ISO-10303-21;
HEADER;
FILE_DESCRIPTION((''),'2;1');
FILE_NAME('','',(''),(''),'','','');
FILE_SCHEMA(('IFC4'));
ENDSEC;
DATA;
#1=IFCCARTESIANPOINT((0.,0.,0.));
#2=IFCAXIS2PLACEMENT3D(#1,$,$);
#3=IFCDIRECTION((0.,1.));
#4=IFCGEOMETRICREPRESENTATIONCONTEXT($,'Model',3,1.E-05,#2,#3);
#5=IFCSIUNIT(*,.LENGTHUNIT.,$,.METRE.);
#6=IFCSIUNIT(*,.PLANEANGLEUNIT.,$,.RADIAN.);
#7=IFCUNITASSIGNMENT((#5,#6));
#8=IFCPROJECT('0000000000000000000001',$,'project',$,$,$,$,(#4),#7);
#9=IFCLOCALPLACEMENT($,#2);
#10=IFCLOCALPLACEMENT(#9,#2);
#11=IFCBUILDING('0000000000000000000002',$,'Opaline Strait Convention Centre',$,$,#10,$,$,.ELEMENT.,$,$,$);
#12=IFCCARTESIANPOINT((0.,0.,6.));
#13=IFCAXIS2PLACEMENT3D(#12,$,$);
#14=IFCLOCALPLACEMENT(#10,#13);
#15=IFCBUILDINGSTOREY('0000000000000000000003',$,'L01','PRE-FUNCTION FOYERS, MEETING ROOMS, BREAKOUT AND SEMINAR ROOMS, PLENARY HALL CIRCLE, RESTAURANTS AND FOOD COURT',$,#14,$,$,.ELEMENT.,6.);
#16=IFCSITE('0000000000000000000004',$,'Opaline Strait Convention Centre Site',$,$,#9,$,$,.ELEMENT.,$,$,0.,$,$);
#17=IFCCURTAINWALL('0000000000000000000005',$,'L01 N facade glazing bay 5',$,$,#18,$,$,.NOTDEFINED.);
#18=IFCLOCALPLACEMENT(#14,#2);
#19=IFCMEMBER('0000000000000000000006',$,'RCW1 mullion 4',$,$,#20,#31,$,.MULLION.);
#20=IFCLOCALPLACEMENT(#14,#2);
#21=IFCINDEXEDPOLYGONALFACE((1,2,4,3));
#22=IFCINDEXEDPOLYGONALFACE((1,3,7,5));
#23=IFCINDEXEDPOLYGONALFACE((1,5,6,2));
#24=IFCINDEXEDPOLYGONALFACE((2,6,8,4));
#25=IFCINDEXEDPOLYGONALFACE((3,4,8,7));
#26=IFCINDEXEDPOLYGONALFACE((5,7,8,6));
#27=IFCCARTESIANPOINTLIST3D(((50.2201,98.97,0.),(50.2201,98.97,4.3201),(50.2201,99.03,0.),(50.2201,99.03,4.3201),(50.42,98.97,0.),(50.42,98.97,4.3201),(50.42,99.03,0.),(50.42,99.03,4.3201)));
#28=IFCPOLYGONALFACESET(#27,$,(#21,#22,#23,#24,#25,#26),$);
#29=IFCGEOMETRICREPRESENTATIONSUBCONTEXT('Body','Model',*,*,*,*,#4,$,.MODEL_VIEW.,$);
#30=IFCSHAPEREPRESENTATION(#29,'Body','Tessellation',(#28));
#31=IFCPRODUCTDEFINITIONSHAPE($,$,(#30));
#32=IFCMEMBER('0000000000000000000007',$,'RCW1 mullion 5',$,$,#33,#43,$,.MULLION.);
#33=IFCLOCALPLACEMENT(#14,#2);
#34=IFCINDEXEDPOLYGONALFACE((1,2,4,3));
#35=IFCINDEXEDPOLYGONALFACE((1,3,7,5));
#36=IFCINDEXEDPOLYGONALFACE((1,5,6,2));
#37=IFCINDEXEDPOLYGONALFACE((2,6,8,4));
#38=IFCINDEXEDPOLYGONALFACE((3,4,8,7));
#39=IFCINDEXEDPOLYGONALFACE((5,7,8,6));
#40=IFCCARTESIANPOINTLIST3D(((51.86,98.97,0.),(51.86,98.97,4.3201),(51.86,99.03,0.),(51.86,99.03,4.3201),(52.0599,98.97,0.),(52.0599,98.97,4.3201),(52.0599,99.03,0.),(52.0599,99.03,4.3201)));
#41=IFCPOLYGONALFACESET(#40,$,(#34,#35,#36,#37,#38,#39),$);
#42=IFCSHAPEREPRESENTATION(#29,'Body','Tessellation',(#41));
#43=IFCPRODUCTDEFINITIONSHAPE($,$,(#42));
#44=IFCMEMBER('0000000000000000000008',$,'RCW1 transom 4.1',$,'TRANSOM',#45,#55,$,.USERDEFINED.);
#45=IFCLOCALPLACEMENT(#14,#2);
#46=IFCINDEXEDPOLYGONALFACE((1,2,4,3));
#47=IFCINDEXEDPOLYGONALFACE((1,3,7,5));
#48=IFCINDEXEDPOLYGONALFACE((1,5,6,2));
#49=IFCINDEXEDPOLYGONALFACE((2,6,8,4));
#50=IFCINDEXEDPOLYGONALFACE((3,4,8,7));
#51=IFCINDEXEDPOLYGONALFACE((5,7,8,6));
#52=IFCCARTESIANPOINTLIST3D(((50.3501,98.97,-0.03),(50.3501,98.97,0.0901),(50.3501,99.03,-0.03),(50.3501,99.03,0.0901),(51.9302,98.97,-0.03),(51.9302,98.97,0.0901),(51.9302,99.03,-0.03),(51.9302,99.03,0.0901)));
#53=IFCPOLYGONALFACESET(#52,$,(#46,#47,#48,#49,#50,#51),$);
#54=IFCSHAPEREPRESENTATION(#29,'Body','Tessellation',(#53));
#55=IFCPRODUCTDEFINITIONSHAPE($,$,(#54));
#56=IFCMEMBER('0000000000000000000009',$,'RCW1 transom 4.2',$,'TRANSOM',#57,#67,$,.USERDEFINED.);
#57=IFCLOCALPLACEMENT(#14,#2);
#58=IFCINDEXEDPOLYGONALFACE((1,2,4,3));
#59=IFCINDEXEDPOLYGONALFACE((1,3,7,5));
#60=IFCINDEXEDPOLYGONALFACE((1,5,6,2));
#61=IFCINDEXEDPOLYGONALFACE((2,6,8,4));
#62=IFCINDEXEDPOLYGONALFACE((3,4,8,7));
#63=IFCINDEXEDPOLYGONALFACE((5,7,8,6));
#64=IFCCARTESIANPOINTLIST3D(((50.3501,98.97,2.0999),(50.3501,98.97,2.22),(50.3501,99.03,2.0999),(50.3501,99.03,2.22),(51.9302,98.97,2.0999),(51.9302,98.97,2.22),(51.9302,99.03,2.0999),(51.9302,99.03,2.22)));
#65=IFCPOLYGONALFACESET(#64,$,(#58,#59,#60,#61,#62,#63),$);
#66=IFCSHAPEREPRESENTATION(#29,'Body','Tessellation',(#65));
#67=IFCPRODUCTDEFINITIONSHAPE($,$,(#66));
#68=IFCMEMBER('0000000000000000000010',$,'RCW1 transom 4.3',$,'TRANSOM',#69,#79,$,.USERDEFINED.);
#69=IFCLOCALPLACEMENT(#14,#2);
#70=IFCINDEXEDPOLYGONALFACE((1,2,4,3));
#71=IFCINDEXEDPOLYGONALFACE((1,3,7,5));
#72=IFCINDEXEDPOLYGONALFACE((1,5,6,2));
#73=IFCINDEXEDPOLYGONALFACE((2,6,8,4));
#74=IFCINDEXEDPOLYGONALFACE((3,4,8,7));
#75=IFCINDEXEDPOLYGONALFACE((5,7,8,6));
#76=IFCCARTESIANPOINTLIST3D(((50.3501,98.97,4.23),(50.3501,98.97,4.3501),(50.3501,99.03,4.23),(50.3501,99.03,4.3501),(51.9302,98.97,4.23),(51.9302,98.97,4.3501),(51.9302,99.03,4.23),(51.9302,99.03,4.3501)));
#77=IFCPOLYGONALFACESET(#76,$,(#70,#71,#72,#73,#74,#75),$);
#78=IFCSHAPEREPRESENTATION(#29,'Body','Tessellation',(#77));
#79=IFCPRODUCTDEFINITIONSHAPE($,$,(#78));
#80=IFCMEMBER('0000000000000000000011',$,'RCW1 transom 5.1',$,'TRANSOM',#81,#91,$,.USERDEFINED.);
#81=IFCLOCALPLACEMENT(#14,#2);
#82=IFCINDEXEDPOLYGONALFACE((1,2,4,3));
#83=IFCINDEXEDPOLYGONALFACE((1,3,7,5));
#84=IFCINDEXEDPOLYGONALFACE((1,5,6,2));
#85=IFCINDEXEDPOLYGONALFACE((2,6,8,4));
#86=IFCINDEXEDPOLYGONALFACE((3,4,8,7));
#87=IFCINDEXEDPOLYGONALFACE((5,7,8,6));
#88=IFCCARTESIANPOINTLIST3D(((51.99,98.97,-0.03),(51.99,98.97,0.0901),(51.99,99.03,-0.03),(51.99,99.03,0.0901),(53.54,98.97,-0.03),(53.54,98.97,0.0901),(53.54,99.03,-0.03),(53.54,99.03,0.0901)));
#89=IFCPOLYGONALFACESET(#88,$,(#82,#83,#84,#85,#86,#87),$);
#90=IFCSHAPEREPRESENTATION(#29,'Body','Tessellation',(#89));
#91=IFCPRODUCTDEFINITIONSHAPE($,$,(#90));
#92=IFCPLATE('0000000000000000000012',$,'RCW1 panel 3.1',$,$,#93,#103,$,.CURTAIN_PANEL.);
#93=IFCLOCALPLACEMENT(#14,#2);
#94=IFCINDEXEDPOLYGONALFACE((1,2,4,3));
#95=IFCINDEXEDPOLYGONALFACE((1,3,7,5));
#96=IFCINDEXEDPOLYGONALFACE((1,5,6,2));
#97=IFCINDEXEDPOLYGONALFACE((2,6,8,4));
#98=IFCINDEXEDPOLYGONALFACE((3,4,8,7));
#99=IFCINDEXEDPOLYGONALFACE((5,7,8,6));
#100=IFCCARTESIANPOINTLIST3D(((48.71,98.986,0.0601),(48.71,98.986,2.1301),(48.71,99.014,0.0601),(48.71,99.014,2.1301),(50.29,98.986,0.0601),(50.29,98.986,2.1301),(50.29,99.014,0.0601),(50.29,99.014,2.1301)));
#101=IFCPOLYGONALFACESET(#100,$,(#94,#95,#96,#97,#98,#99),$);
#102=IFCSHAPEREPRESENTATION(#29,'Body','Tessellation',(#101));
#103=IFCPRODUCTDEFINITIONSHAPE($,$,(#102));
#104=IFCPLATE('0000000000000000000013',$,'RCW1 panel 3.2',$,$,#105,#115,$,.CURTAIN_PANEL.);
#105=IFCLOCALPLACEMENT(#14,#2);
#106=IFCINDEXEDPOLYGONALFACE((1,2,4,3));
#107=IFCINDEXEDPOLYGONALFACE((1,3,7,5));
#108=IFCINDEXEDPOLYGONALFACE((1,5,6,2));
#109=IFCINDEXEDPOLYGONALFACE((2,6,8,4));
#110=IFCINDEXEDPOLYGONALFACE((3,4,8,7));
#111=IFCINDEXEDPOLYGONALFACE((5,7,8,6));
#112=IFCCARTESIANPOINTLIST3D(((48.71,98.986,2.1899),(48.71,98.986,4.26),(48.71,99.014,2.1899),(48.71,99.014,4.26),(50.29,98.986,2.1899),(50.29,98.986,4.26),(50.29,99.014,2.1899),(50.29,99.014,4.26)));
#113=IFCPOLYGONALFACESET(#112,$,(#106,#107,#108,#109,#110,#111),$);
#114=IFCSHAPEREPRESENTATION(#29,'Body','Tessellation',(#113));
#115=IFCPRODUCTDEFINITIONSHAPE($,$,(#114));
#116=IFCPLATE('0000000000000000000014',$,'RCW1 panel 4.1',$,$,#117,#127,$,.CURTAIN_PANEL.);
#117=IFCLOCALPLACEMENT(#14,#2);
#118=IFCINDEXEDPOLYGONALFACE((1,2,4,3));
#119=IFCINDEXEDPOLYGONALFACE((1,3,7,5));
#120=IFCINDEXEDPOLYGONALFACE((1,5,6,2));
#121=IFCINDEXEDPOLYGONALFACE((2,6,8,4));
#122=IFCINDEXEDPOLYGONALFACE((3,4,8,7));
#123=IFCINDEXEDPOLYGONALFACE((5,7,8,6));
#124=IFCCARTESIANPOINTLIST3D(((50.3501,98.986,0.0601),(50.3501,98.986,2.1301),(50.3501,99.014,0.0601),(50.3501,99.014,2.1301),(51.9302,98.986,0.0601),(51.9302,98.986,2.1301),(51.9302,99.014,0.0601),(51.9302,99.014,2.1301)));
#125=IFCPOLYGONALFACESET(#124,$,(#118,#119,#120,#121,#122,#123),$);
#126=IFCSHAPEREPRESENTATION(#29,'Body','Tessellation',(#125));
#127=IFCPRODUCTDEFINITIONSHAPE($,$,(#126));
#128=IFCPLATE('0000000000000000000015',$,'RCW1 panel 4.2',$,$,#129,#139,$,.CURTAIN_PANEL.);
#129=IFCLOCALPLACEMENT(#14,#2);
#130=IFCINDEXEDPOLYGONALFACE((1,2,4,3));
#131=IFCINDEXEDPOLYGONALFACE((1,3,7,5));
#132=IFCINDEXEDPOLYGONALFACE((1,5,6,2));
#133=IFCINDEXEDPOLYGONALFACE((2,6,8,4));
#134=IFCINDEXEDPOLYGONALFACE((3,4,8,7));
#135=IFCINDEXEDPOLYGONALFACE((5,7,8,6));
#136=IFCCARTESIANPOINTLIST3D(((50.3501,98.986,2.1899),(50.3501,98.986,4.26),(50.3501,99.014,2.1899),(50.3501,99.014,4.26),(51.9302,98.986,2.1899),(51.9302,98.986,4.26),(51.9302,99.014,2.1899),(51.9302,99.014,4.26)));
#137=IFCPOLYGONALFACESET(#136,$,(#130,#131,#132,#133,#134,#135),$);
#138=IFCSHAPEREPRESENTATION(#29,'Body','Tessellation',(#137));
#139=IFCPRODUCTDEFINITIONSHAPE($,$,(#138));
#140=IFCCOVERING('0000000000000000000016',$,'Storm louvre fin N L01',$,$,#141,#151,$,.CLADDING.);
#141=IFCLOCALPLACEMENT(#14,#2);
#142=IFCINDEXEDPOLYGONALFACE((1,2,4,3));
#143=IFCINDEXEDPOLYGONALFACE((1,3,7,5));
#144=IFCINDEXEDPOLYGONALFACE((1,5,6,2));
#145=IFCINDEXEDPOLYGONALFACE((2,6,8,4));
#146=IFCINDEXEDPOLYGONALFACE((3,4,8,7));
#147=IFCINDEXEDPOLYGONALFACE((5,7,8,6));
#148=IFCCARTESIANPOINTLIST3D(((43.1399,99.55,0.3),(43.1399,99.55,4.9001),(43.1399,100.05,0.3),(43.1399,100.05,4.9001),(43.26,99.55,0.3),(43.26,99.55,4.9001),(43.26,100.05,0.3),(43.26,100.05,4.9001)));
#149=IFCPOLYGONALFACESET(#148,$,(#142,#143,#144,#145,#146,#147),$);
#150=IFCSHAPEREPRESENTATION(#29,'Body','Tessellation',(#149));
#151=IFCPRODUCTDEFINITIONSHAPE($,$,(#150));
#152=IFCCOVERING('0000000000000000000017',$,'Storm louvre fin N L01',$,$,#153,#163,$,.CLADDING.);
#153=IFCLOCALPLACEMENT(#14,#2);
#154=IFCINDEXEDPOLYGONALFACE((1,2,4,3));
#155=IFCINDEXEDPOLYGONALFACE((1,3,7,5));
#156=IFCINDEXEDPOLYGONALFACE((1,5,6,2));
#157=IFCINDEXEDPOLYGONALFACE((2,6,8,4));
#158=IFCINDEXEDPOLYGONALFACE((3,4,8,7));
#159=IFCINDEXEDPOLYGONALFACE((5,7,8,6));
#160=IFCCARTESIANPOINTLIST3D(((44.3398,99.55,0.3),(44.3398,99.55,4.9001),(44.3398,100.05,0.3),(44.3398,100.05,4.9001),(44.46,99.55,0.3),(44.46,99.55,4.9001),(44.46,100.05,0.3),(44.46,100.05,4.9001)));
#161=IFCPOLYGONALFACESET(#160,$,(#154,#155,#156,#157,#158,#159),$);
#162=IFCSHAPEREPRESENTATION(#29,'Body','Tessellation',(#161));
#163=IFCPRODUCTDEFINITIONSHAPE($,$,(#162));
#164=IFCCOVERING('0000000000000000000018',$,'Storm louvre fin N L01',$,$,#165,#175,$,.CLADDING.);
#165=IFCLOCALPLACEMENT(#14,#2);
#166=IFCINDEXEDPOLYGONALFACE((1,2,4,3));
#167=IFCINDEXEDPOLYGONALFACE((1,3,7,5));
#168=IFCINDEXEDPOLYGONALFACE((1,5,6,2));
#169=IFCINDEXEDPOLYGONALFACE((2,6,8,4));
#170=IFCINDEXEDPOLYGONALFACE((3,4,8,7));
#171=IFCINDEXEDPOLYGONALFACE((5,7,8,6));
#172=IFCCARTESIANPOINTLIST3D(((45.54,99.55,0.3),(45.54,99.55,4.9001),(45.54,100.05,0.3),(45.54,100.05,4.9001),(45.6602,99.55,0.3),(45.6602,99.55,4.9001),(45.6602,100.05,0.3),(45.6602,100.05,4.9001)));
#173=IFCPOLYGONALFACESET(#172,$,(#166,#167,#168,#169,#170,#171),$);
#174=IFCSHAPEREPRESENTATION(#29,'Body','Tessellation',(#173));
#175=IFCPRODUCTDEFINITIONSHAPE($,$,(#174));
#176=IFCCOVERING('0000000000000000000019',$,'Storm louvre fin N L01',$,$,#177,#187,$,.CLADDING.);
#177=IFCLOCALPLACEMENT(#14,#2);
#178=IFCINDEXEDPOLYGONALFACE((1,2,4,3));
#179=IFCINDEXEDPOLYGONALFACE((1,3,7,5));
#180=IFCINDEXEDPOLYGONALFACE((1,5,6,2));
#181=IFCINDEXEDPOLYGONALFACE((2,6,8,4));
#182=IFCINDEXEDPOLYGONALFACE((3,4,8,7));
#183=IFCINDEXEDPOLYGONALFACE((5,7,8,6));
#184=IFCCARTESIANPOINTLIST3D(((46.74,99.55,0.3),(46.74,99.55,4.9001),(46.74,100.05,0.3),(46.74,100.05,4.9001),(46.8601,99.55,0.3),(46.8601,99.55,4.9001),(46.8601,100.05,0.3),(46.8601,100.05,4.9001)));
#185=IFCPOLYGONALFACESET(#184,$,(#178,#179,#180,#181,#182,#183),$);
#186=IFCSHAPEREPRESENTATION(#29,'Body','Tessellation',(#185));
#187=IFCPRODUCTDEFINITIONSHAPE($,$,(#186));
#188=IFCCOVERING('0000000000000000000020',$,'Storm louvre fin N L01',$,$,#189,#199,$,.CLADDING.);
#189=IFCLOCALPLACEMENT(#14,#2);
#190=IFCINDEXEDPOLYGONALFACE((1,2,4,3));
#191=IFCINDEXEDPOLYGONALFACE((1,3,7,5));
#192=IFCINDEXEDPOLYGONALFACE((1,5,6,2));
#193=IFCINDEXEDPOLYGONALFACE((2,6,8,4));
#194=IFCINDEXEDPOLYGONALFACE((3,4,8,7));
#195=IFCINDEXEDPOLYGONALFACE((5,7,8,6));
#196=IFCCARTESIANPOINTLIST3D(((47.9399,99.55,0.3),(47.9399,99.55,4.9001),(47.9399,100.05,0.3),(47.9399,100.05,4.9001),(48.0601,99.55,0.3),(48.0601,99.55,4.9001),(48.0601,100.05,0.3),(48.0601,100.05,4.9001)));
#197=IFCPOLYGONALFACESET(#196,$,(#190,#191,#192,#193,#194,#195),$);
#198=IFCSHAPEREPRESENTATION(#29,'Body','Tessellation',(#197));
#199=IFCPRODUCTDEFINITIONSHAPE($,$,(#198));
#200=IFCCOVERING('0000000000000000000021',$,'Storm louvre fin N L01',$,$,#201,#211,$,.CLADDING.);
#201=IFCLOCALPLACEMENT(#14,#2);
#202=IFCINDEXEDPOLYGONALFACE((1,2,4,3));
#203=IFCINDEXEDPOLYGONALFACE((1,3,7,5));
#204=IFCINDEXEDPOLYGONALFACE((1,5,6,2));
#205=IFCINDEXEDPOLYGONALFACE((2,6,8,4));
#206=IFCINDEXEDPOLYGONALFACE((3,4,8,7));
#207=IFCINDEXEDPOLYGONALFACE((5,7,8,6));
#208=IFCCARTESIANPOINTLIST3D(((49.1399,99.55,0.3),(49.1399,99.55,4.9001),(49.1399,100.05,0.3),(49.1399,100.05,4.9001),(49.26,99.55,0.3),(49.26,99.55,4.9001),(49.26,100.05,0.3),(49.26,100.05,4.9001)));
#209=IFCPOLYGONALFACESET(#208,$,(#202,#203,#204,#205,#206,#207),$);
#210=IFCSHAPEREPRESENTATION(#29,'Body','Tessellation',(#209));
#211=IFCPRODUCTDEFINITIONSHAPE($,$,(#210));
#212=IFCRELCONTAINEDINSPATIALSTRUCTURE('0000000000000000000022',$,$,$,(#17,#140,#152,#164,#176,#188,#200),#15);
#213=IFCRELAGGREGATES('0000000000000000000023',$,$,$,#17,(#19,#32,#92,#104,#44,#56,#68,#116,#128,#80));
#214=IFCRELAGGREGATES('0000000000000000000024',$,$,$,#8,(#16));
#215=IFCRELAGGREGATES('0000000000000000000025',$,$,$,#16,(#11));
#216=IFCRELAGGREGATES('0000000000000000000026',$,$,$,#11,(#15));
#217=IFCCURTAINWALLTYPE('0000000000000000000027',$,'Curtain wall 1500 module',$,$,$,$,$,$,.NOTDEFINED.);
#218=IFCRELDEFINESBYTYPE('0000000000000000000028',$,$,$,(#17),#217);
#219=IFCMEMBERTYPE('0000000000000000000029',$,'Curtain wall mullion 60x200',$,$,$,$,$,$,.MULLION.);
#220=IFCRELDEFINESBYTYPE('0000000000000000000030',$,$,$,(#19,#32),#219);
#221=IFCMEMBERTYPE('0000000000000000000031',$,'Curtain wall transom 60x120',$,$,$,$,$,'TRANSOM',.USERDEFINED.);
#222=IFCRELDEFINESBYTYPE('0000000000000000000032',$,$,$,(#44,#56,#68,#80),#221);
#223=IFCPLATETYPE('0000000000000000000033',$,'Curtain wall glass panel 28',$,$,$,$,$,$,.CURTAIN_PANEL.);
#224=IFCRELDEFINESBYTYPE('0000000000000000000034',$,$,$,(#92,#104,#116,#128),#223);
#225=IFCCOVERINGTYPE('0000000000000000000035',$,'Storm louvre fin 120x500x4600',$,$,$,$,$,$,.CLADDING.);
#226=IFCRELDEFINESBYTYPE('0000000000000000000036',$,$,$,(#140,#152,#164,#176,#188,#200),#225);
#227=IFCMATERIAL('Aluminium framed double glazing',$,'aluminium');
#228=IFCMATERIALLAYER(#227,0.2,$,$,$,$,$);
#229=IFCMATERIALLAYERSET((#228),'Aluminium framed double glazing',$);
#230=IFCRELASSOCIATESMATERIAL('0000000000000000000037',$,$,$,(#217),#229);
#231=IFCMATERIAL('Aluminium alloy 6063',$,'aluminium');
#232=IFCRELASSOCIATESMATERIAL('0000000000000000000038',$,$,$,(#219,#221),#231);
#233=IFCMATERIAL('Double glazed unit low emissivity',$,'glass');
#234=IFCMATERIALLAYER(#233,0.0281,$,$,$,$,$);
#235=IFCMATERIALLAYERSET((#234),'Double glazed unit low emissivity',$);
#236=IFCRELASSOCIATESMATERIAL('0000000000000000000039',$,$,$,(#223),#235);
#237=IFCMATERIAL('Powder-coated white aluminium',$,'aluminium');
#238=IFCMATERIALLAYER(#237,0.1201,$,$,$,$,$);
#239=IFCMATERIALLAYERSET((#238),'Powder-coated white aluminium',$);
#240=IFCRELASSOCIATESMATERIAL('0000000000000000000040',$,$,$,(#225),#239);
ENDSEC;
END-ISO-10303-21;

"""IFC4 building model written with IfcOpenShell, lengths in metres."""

from ifc_helpers import new_model, si_unit, direction, frame, origin, origin_2d, place, context, subcontext, project, spatial, rectangle, extrude, material, layer, layer_set, material_profile, profile_set, type_object, element, aggregate, save


model = new_model("IFC4")

# Units and contexts
model_context = context("Model", 3, precision=1e-05, world=origin(), true_north=direction((0.0, 1.0)))
body_context = subcontext(model_context, "Body", "Model", "MODEL_VIEW")
ifc_project = project(units=[si_unit("LENGTHUNIT", "METRE"), si_unit("PLANEANGLEUNIT", "RADIAN")], contexts=[model_context])

# Site, building, storey
site_placement = place(None, origin())
site = spatial("IfcSite", under=ifc_project, at=site_placement, Name="Opaline Strait Convention Centre Site", CompositionType="ELEMENT", RefElevation=0.0)
building_placement = place(site_placement, origin())
building = spatial("IfcBuilding", under=site, at=building_placement, Name="Opaline Strait Convention Centre", CompositionType="ELEMENT")
storey_placement = place(building_placement, frame((0.0, 0.0, 6.0)))
storey = spatial("IfcBuildingStorey", under=building, at=storey_placement, Name="L01", Description="PRE-FUNCTION FOYERS, MEETING ROOMS, BREAKOUT AND SEMINAR ROOMS, PLENARY HALL CIRCLE, RESTAURANTS AND FOOD COURT", CompositionType="ELEMENT", Elevation=6.0)

# Curtain wall, members, plates
ifc_material_1 = material(Name="Aluminium framed double glazing", Category="aluminium")
ifc_layer_1 = layer(ifc_material_1, 0.2)
ifc_layer_set_1 = layer_set([ifc_layer_1], Name="Aluminium framed double glazing")
curtain_wall_type = type_object("IfcCurtainWallType", Name="Curtain wall 1500 module", PredefinedType="NOTDEFINED", material=ifc_layer_set_1)
curtain_wall_placement = place(storey_placement, origin())
curtain_wall = element("IfcCurtainWall", 1, at=curtain_wall_placement, inside=storey, type_object=curtain_wall_type, Name="L01 N facade glazing bay 5", PredefinedType="NOTDEFINED")
ifc_material_2 = material(Name="Aluminium alloy 6063", Category="aluminium")
ifc_material_profile_1 = material_profile(ifc_material_2, rectangle(XDim=0.0601, YDim=0.2, at=origin_2d()), Name="Curtain wall mullion 60x200")
ifc_profile_set_1 = profile_set([ifc_material_profile_1], Name="Aluminium alloy 6063")
member_type_1 = type_object("IfcMemberType", Name="Curtain wall mullion 60x200", PredefinedType="MULLION", material=ifc_profile_set_1)
member_1_placement = place(storey_placement, frame((50.3201, 99.0, 0.0), z_axis=(0.0, 0.0, 1.0), x_axis=(0.0, 1.0, 0.0)))
member_1 = element("IfcMember", 2, at=member_1_placement, type_object=member_type_1, Name="RCW1 mullion 4", PredefinedType="MULLION", context=body_context, shape_type="SweptSolid", body=[
    extrude(rectangle(XDim=0.0601, YDim=0.2, at=origin_2d()), origin(), (0.0, 0.0, 1.0), 4.3201),
])
member_2_placement = place(storey_placement, frame((51.96, 99.0, 0.0), z_axis=(0.0, 0.0, 1.0), x_axis=(0.0, 1.0, 0.0)))
member_2 = element("IfcMember", 3, at=member_2_placement, type_object=member_type_1, Name="RCW1 mullion 5", PredefinedType="MULLION", context=body_context, shape_type="SweptSolid", body=[
    extrude(rectangle(XDim=0.0601, YDim=0.2, at=origin_2d()), origin(), (0.0, 0.0, 1.0), 4.3201),
])
ifc_material_profile_2 = material_profile(ifc_material_2, rectangle(XDim=0.0601, YDim=0.1201, at=origin_2d()), Name="Curtain wall transom 60x120")
ifc_profile_set_2 = profile_set([ifc_material_profile_2], Name="Aluminium alloy 6063")
member_type_2 = type_object("IfcMemberType", Name="Curtain wall transom 60x120", ElementType="TRANSOM", PredefinedType="USERDEFINED", material=ifc_profile_set_2)
member_3_placement = place(storey_placement, frame((50.3501, 99.0, 0.03), z_axis=(1.0, 0.0, 0.0), x_axis=(0.0, 1.0, 0.0)))
member_3 = element("IfcMember", 4, at=member_3_placement, type_object=member_type_2, Name="RCW1 transom 4.1", ObjectType="TRANSOM", PredefinedType="USERDEFINED", context=body_context, shape_type="SweptSolid", body=[
    extrude(rectangle(XDim=0.0601, YDim=0.1201, at=origin_2d()), origin(), (0.0, 0.0, 1.0), 1.5801),
])
member_4_placement = place(storey_placement, frame((50.3501, 99.0, 2.1599), z_axis=(1.0, 0.0, 0.0), x_axis=(0.0, 1.0, 0.0)))
member_4 = element("IfcMember", 5, at=member_4_placement, type_object=member_type_2, Name="RCW1 transom 4.2", ObjectType="TRANSOM", PredefinedType="USERDEFINED", context=body_context, shape_type="SweptSolid", body=[
    extrude(rectangle(XDim=0.0601, YDim=0.1201, at=origin_2d()), origin(), (0.0, 0.0, 1.0), 1.5801),
])
member_5_placement = place(storey_placement, frame((50.3501, 99.0, 4.29), z_axis=(1.0, 0.0, 0.0), x_axis=(0.0, 1.0, 0.0)))
member_5 = element("IfcMember", 6, at=member_5_placement, type_object=member_type_2, Name="RCW1 transom 4.3", ObjectType="TRANSOM", PredefinedType="USERDEFINED", context=body_context, shape_type="SweptSolid", body=[
    extrude(rectangle(XDim=0.0601, YDim=0.1201, at=origin_2d()), origin(), (0.0, 0.0, 1.0), 1.5801),
])
member_6_placement = place(storey_placement, frame((51.99, 99.0, 0.03), z_axis=(1.0, 0.0, 0.0), x_axis=(0.0, 1.0, 0.0)))
member_6 = element("IfcMember", 7, at=member_6_placement, type_object=member_type_2, Name="RCW1 transom 5.1", ObjectType="TRANSOM", PredefinedType="USERDEFINED", context=body_context, shape_type="SweptSolid", body=[
    extrude(rectangle(XDim=0.0601, YDim=0.1201, at=origin_2d()), origin(), (0.0, 0.0, 1.0), 1.55),
])
ifc_material_3 = material(Name="Double glazed unit low emissivity", Category="glass")
ifc_layer_2 = layer(ifc_material_3, 0.0281)
ifc_layer_set_2 = layer_set([ifc_layer_2], Name="Double glazed unit low emissivity")
plate_type = type_object("IfcPlateType", Name="Curtain wall glass panel 28", PredefinedType="CURTAIN_PANEL", material=ifc_layer_set_2)
plate_1_placement = place(storey_placement, frame((49.5, 99.0, 0.0601), z_axis=(0.0, 0.0, 1.0), x_axis=(1.0, 0.0, 0.0)))
plate_1 = element("IfcPlate", 8, at=plate_1_placement, type_object=plate_type, Name="RCW1 panel 3.1", PredefinedType="CURTAIN_PANEL", context=body_context, shape_type="SweptSolid", body=[
    extrude(rectangle(XDim=1.5801, YDim=0.0281, at=origin_2d()), origin(), (0.0, 0.0, 1.0), 2.0701),
])
plate_2_placement = place(storey_placement, frame((49.5, 99.0, 2.1899), z_axis=(0.0, 0.0, 1.0), x_axis=(1.0, 0.0, 0.0)))
plate_2 = element("IfcPlate", 9, at=plate_2_placement, type_object=plate_type, Name="RCW1 panel 3.2", PredefinedType="CURTAIN_PANEL", context=body_context, shape_type="SweptSolid", body=[
    extrude(rectangle(XDim=1.5801, YDim=0.0281, at=origin_2d()), origin(), (0.0, 0.0, 1.0), 2.0701),
])
plate_3_placement = place(storey_placement, frame((51.1401, 99.0, 0.0601), z_axis=(0.0, 0.0, 1.0), x_axis=(1.0, 0.0, 0.0)))
plate_3 = element("IfcPlate", 10, at=plate_3_placement, type_object=plate_type, Name="RCW1 panel 4.1", PredefinedType="CURTAIN_PANEL", context=body_context, shape_type="SweptSolid", body=[
    extrude(rectangle(XDim=1.5801, YDim=0.0281, at=origin_2d()), origin(), (0.0, 0.0, 1.0), 2.0701),
])
plate_4_placement = place(storey_placement, frame((51.1401, 99.0, 2.1899), z_axis=(0.0, 0.0, 1.0), x_axis=(1.0, 0.0, 0.0)))
plate_4 = element("IfcPlate", 11, at=plate_4_placement, type_object=plate_type, Name="RCW1 panel 4.2", PredefinedType="CURTAIN_PANEL", context=body_context, shape_type="SweptSolid", body=[
    extrude(rectangle(XDim=1.5801, YDim=0.0281, at=origin_2d()), origin(), (0.0, 0.0, 1.0), 2.0701),
])
aggregate(curtain_wall, [member_1, member_2, plate_1, plate_2, member_3, member_4, member_5, plate_3, plate_4, member_6])

# Coverings
ifc_material_4 = material(Name="Powder-coated white aluminium", Category="aluminium")
ifc_layer_3 = layer(ifc_material_4, 0.1201)
ifc_layer_set_3 = layer_set([ifc_layer_3], Name="Powder-coated white aluminium")
covering_type = type_object("IfcCoveringType", Name="Storm louvre fin 120x500x4600", PredefinedType="CLADDING", material=ifc_layer_set_3)
for number, where, z_axis, x_axis, name in (
    (12, (43.2, 99.8, 0.3), (0.0, 0.0, 1.0), (1.0, 0.0, 0.0), "Storm louvre fin N L01"),
    (13, (44.3999, 99.8, 0.3), (0.0, 0.0, 1.0), (1.0, 0.0, 0.0), "Storm louvre fin N L01"),
    (14, (45.6001, 99.8, 0.3), (0.0, 0.0, 1.0), (1.0, 0.0, 0.0), "Storm louvre fin N L01"),
    (15, (46.8, 99.8, 0.3), (0.0, 0.0, 1.0), (1.0, 0.0, 0.0), "Storm louvre fin N L01"),
    (16, (48.0, 99.8, 0.3), (0.0, 0.0, 1.0), (1.0, 0.0, 0.0), "Storm louvre fin N L01"),
    (17, (49.2, 99.8, 0.3), (0.0, 0.0, 1.0), (1.0, 0.0, 0.0), "Storm louvre fin N L01"),
):
    element("IfcCovering", number, at=place(storey_placement, frame(where, z_axis=z_axis, x_axis=x_axis)), inside=storey, type_object=covering_type, Name=name, PredefinedType="CLADDING", context=body_context, shape_type="SweptSolid", body=[
        extrude(rectangle(XDim=0.1201, YDim=0.5, at=origin_2d()), origin(), (0.0, 0.0, 1.0), 4.6001),
    ])

save(model, "model.ifc")
